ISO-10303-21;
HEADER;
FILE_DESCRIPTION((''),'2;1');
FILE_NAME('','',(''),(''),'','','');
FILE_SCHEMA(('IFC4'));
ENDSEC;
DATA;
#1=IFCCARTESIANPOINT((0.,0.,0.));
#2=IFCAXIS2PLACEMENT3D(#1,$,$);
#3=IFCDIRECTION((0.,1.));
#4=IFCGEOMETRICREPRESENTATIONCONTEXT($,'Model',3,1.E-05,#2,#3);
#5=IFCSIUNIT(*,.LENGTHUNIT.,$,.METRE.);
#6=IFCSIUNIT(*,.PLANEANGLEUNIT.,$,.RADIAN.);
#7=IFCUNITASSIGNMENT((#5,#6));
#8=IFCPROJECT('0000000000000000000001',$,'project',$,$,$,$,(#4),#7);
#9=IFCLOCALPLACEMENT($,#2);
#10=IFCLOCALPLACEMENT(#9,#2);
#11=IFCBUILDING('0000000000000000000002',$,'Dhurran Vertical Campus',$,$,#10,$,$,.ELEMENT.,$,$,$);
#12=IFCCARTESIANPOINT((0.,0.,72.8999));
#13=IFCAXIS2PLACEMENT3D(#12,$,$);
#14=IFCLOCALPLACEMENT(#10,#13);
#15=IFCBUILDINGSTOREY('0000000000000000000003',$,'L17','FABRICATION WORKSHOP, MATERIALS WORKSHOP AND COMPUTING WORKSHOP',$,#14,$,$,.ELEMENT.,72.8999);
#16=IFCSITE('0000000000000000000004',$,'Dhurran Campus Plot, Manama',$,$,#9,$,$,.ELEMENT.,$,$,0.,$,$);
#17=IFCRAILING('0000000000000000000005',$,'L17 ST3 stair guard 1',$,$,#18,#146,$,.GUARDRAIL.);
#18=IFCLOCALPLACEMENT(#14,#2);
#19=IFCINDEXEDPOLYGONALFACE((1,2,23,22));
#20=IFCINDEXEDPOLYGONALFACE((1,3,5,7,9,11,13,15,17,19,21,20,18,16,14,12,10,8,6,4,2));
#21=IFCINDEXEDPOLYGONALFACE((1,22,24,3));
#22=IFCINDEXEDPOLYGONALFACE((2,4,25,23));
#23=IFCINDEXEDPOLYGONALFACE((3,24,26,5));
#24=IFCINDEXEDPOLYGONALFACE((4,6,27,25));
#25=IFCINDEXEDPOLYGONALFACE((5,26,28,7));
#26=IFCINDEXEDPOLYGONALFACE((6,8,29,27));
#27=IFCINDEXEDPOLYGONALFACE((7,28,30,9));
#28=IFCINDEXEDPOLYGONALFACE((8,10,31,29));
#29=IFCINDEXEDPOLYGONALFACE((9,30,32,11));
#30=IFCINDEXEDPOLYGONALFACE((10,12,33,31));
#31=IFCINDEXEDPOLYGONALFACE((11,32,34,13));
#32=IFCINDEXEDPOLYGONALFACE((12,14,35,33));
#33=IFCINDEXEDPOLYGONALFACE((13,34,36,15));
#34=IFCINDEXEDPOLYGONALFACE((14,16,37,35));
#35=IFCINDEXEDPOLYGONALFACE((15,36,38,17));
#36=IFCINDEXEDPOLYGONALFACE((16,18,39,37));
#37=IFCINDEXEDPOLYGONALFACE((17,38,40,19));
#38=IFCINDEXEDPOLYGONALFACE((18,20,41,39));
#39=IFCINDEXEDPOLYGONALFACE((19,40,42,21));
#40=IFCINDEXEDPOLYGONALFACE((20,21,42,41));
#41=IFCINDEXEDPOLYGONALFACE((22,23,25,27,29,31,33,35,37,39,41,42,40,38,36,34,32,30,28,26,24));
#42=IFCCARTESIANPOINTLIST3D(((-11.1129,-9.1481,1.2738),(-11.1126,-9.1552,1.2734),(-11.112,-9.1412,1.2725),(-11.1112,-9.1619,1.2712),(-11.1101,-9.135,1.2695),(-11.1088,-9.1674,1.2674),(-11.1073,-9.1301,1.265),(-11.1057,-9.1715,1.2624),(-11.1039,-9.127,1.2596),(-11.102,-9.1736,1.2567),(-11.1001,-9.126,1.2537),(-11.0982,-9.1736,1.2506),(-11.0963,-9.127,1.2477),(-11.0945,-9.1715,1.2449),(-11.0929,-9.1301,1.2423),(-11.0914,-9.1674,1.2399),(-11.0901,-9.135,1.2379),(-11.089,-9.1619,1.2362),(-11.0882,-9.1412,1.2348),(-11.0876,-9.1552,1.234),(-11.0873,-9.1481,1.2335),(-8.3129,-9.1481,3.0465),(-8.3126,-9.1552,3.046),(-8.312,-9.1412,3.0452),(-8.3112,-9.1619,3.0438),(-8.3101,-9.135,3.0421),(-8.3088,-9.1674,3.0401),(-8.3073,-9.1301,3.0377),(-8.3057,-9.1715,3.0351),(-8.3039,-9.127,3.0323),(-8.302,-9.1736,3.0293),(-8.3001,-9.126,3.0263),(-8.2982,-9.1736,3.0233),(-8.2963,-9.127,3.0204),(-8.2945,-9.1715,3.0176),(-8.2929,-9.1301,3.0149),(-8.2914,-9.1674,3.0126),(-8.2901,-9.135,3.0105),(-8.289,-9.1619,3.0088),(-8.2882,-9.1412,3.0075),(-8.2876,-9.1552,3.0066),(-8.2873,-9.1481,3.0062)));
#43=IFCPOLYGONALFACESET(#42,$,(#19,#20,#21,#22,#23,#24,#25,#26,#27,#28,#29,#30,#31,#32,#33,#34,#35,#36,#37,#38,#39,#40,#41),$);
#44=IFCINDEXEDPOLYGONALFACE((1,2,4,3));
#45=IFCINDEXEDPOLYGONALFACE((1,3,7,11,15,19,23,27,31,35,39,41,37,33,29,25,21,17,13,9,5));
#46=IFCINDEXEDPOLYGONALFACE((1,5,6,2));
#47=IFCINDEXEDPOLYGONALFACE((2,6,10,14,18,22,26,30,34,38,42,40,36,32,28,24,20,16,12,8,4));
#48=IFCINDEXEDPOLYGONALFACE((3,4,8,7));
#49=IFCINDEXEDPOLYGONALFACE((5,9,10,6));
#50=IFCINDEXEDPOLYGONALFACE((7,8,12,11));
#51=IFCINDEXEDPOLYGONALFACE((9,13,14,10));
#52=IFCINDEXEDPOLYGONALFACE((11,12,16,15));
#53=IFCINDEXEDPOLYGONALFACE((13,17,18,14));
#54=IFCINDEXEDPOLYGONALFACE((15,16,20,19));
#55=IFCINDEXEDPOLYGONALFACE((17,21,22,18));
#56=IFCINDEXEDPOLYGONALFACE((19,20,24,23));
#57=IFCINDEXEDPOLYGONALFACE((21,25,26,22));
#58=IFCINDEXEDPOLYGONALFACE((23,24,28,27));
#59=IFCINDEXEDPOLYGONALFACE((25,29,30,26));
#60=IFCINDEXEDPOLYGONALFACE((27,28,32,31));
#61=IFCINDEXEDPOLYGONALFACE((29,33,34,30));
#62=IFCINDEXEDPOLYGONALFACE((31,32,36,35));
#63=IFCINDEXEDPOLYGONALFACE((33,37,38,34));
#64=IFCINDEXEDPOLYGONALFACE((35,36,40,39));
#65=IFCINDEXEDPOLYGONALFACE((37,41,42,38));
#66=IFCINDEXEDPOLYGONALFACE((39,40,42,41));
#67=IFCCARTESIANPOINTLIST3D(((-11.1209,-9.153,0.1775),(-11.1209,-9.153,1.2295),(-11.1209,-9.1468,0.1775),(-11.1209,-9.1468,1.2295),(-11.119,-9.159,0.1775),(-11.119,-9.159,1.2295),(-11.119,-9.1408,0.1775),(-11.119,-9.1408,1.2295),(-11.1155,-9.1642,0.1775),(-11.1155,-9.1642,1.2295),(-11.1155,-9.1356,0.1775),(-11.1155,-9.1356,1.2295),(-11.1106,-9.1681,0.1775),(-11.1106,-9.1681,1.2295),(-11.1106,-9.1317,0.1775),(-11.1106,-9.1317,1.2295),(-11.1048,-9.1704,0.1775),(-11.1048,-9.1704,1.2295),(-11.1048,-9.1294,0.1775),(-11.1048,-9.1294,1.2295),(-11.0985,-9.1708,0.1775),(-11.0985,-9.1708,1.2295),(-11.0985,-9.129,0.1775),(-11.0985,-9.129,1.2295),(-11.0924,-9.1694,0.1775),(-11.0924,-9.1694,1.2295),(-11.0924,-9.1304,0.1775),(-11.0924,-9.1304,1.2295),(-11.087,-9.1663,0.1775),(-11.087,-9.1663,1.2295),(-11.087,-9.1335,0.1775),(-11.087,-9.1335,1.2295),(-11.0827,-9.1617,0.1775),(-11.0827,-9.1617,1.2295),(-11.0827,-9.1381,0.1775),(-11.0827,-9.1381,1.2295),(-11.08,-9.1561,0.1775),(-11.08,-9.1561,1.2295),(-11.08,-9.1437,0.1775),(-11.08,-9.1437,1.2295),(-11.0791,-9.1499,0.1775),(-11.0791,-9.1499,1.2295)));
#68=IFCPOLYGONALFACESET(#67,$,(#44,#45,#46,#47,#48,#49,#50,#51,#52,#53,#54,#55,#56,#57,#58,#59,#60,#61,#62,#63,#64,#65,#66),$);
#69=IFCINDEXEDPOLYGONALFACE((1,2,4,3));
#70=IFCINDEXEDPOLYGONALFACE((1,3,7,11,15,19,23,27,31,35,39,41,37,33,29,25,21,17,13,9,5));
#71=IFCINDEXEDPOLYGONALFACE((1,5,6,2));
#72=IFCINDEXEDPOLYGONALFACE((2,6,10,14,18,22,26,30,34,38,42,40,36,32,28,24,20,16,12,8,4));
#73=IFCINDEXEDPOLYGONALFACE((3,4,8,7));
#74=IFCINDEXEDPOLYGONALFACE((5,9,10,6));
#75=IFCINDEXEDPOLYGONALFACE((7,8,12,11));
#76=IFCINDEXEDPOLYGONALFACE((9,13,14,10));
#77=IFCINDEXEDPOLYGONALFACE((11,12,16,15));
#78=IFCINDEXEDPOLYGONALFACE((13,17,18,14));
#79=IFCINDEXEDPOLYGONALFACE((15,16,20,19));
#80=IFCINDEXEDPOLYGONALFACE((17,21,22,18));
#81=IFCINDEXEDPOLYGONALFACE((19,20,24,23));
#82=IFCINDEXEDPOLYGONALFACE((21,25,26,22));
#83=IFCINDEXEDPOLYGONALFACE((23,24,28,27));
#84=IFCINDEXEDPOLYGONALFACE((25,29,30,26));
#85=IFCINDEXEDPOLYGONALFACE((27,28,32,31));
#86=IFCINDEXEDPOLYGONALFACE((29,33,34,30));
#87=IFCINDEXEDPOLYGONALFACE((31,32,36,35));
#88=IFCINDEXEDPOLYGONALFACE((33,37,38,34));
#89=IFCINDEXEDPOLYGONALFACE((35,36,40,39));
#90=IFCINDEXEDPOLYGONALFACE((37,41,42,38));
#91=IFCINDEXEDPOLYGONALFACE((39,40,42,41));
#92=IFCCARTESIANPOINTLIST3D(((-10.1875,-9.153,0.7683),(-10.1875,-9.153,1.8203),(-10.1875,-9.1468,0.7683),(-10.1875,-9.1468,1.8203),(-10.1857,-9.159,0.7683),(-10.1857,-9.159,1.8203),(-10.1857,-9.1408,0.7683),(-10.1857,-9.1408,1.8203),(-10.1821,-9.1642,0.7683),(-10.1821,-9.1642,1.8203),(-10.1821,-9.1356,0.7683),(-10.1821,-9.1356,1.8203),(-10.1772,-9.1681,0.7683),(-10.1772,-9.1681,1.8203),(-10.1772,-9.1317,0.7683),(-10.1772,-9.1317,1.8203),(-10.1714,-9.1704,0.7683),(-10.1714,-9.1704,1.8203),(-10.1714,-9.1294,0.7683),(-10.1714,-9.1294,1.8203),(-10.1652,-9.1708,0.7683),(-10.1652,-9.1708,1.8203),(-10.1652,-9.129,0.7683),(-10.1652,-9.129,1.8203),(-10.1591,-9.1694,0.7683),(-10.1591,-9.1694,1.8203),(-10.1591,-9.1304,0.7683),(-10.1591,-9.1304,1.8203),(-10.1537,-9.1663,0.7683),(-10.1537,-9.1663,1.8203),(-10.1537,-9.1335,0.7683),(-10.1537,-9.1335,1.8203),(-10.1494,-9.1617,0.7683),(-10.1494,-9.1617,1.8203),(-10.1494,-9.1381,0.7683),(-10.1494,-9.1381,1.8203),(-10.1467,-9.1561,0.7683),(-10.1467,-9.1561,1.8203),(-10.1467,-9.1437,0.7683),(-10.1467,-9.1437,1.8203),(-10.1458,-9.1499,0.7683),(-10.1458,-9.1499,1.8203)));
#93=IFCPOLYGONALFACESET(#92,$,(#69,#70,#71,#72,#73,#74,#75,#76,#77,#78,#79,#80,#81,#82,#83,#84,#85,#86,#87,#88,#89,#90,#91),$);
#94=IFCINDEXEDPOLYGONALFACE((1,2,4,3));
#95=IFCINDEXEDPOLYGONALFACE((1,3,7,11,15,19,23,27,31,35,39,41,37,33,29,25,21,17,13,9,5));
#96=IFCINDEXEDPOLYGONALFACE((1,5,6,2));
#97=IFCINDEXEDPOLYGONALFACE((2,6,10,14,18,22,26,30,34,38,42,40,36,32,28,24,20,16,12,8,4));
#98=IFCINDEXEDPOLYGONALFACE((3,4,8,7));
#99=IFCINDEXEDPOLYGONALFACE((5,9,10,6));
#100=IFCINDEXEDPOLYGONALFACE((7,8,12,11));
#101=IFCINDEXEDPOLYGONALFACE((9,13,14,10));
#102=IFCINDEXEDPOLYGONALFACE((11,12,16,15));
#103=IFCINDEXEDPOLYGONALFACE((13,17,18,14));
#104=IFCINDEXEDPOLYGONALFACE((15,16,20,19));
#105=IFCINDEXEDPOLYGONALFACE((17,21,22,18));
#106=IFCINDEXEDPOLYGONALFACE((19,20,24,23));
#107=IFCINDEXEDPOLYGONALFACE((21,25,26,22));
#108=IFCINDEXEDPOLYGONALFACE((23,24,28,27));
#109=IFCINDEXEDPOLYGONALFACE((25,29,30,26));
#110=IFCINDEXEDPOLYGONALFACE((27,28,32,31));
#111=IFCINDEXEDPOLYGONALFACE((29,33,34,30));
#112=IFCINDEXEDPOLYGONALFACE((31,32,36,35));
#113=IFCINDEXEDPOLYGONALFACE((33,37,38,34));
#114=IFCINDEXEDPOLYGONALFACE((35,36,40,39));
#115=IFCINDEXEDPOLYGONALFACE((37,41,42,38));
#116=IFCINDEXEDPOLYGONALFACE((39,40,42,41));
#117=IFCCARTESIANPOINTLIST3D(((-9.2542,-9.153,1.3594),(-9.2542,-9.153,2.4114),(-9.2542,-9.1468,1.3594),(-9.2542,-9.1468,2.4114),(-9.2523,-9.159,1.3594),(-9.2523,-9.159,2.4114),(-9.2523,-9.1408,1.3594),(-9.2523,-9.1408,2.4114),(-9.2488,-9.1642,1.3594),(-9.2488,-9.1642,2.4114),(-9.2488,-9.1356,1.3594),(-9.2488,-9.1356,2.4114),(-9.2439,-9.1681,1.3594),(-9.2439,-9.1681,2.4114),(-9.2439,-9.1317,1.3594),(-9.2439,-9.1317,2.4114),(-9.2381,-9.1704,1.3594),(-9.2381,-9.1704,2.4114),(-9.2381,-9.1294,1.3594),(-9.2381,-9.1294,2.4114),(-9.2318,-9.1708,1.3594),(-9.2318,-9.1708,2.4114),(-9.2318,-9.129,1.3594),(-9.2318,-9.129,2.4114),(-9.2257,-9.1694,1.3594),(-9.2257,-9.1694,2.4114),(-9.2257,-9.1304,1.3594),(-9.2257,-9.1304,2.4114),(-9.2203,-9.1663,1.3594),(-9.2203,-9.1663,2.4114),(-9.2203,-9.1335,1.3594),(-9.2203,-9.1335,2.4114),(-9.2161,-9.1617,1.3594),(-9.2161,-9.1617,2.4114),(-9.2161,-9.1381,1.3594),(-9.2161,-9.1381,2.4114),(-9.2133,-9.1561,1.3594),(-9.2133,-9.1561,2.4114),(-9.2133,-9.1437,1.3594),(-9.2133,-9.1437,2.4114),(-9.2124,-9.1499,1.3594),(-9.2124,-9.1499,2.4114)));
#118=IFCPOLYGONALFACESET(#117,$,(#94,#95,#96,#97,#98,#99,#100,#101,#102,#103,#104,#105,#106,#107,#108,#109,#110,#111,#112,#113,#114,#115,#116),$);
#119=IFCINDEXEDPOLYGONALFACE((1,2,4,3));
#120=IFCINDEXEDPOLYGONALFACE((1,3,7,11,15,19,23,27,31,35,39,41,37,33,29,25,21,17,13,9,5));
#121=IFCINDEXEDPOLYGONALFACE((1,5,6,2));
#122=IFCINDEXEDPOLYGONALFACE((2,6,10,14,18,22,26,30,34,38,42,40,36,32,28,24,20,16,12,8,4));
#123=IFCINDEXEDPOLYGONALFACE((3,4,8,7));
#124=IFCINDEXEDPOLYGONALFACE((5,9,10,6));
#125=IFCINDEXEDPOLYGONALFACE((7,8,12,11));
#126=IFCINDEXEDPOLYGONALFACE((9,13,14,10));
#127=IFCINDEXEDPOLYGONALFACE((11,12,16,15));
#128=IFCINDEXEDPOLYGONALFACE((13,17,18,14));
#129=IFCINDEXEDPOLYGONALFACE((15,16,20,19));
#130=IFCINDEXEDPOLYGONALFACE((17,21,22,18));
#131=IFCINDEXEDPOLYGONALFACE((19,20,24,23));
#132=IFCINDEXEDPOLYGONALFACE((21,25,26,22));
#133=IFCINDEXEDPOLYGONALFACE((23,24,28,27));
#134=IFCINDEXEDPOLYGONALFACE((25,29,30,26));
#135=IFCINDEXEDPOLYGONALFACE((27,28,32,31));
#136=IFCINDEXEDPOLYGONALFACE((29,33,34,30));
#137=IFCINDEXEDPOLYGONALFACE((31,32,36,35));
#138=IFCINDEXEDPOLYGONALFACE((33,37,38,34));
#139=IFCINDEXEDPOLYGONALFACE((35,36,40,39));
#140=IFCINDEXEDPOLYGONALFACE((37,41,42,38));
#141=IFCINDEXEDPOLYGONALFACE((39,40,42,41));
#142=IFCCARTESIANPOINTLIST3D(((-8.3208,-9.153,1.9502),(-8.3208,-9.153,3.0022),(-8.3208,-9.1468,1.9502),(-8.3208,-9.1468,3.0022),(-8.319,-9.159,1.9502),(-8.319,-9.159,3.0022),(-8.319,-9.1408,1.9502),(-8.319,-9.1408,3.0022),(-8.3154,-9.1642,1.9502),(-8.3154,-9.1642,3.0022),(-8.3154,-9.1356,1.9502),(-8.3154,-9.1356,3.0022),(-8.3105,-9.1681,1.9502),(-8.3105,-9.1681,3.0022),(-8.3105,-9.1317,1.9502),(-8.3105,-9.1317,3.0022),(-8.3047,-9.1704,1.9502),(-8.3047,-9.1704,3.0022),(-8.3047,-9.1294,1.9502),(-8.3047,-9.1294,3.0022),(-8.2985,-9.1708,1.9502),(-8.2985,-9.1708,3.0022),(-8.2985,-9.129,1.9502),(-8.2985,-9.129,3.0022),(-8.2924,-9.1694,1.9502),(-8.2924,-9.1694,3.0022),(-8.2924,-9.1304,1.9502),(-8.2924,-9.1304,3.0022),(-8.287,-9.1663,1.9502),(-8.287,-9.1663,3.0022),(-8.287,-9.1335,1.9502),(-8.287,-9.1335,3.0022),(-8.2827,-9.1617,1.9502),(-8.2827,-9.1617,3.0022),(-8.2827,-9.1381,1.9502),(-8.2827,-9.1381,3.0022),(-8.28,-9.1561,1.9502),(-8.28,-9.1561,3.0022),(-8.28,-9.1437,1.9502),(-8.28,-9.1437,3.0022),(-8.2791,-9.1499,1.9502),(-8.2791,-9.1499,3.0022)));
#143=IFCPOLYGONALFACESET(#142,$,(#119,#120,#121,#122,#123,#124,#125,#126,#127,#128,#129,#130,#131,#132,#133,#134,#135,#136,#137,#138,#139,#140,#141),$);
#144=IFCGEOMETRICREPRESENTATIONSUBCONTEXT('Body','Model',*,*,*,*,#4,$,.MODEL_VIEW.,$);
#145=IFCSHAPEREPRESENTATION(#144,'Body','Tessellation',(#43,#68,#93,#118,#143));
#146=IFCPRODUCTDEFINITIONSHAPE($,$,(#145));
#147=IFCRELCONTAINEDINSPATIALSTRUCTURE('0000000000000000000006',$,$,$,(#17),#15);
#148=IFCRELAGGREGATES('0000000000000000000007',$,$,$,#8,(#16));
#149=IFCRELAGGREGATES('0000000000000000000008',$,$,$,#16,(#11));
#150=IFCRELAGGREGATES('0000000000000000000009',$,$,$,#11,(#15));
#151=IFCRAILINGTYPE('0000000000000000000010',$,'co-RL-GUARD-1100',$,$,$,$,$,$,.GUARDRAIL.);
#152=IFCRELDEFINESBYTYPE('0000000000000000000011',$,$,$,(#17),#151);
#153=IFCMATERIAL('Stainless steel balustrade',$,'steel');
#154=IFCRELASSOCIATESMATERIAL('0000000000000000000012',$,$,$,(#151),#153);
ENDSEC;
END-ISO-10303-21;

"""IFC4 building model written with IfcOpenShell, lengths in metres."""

from ifc_helpers import new_model, si_unit, direction, frame, origin, origin_2d, place, context, subcontext, project, spatial, circle, extrude, material, type_object, element, save


model = new_model("IFC4")

# Units and contexts
model_context = context("Model", 3, precision=1e-05, world=origin(), true_north=direction((0.0, 1.0)))
body_context = subcontext(model_context, "Body", "Model", "MODEL_VIEW")
ifc_project = project(units=[si_unit("LENGTHUNIT", "METRE"), si_unit("PLANEANGLEUNIT", "RADIAN")], contexts=[model_context])

# Site, building, storey
site_placement = place(None, origin())
site = spatial("IfcSite", under=ifc_project, at=site_placement, Name="Dhurran Campus Plot, Manama", CompositionType="ELEMENT", RefElevation=0.0)
building_placement = place(site_placement, origin())
building = spatial("IfcBuilding", under=site, at=building_placement, Name="Dhurran Vertical Campus", CompositionType="ELEMENT")
storey_placement = place(building_placement, frame((0.0, 0.0, 72.8999)))
storey = spatial("IfcBuildingStorey", under=building, at=storey_placement, Name="L17", Description="FABRICATION WORKSHOP, MATERIALS WORKSHOP AND COMPUTING WORKSHOP", CompositionType="ELEMENT", Elevation=72.8999)

# Railing
ifc_material_1 = material(Name="Stainless steel balustrade", Category="steel")
railing_type_1 = type_object("IfcRailingType", Name="co-RL-GUARD-1100", PredefinedType="GUARDRAIL", material=ifc_material_1)
railing_1_placement = place(storey_placement, frame((-11.1001, -9.1499, 0.1775)))
element("IfcRailing", 1, at=railing_1_placement, inside=storey, type_object=railing_type_1, Name="L17 ST3 stair guard 1", PredefinedType="GUARDRAIL", context=body_context, shape_type="SweptSolid", body=[
    extrude(circle(Radius=0.0239, at=origin_2d()), frame((0.0, 0.0, 1.0762), z_axis=(0.844909, 0.0, 0.53491), x_axis=(0.0, 1.0, 0.0)), (0.0, 0.0, 1.0), 3.314),
    extrude(circle(Radius=0.021, at=origin_2d()), origin(), (0.0, 0.0, 1.0), 1.052),
    extrude(circle(Radius=0.021, at=origin_2d()), frame((0.9333, 0.0, 0.5908)), (0.0, 0.0, 1.0), 1.052),
    extrude(circle(Radius=0.021, at=origin_2d()), frame((1.8667, 0.0, 1.1819)), (0.0, 0.0, 1.0), 1.052),
    extrude(circle(Radius=0.021, at=origin_2d()), frame((2.8, 0.0, 1.7727)), (0.0, 0.0, 1.0), 1.052),
])

save(model, "model.ifc")
